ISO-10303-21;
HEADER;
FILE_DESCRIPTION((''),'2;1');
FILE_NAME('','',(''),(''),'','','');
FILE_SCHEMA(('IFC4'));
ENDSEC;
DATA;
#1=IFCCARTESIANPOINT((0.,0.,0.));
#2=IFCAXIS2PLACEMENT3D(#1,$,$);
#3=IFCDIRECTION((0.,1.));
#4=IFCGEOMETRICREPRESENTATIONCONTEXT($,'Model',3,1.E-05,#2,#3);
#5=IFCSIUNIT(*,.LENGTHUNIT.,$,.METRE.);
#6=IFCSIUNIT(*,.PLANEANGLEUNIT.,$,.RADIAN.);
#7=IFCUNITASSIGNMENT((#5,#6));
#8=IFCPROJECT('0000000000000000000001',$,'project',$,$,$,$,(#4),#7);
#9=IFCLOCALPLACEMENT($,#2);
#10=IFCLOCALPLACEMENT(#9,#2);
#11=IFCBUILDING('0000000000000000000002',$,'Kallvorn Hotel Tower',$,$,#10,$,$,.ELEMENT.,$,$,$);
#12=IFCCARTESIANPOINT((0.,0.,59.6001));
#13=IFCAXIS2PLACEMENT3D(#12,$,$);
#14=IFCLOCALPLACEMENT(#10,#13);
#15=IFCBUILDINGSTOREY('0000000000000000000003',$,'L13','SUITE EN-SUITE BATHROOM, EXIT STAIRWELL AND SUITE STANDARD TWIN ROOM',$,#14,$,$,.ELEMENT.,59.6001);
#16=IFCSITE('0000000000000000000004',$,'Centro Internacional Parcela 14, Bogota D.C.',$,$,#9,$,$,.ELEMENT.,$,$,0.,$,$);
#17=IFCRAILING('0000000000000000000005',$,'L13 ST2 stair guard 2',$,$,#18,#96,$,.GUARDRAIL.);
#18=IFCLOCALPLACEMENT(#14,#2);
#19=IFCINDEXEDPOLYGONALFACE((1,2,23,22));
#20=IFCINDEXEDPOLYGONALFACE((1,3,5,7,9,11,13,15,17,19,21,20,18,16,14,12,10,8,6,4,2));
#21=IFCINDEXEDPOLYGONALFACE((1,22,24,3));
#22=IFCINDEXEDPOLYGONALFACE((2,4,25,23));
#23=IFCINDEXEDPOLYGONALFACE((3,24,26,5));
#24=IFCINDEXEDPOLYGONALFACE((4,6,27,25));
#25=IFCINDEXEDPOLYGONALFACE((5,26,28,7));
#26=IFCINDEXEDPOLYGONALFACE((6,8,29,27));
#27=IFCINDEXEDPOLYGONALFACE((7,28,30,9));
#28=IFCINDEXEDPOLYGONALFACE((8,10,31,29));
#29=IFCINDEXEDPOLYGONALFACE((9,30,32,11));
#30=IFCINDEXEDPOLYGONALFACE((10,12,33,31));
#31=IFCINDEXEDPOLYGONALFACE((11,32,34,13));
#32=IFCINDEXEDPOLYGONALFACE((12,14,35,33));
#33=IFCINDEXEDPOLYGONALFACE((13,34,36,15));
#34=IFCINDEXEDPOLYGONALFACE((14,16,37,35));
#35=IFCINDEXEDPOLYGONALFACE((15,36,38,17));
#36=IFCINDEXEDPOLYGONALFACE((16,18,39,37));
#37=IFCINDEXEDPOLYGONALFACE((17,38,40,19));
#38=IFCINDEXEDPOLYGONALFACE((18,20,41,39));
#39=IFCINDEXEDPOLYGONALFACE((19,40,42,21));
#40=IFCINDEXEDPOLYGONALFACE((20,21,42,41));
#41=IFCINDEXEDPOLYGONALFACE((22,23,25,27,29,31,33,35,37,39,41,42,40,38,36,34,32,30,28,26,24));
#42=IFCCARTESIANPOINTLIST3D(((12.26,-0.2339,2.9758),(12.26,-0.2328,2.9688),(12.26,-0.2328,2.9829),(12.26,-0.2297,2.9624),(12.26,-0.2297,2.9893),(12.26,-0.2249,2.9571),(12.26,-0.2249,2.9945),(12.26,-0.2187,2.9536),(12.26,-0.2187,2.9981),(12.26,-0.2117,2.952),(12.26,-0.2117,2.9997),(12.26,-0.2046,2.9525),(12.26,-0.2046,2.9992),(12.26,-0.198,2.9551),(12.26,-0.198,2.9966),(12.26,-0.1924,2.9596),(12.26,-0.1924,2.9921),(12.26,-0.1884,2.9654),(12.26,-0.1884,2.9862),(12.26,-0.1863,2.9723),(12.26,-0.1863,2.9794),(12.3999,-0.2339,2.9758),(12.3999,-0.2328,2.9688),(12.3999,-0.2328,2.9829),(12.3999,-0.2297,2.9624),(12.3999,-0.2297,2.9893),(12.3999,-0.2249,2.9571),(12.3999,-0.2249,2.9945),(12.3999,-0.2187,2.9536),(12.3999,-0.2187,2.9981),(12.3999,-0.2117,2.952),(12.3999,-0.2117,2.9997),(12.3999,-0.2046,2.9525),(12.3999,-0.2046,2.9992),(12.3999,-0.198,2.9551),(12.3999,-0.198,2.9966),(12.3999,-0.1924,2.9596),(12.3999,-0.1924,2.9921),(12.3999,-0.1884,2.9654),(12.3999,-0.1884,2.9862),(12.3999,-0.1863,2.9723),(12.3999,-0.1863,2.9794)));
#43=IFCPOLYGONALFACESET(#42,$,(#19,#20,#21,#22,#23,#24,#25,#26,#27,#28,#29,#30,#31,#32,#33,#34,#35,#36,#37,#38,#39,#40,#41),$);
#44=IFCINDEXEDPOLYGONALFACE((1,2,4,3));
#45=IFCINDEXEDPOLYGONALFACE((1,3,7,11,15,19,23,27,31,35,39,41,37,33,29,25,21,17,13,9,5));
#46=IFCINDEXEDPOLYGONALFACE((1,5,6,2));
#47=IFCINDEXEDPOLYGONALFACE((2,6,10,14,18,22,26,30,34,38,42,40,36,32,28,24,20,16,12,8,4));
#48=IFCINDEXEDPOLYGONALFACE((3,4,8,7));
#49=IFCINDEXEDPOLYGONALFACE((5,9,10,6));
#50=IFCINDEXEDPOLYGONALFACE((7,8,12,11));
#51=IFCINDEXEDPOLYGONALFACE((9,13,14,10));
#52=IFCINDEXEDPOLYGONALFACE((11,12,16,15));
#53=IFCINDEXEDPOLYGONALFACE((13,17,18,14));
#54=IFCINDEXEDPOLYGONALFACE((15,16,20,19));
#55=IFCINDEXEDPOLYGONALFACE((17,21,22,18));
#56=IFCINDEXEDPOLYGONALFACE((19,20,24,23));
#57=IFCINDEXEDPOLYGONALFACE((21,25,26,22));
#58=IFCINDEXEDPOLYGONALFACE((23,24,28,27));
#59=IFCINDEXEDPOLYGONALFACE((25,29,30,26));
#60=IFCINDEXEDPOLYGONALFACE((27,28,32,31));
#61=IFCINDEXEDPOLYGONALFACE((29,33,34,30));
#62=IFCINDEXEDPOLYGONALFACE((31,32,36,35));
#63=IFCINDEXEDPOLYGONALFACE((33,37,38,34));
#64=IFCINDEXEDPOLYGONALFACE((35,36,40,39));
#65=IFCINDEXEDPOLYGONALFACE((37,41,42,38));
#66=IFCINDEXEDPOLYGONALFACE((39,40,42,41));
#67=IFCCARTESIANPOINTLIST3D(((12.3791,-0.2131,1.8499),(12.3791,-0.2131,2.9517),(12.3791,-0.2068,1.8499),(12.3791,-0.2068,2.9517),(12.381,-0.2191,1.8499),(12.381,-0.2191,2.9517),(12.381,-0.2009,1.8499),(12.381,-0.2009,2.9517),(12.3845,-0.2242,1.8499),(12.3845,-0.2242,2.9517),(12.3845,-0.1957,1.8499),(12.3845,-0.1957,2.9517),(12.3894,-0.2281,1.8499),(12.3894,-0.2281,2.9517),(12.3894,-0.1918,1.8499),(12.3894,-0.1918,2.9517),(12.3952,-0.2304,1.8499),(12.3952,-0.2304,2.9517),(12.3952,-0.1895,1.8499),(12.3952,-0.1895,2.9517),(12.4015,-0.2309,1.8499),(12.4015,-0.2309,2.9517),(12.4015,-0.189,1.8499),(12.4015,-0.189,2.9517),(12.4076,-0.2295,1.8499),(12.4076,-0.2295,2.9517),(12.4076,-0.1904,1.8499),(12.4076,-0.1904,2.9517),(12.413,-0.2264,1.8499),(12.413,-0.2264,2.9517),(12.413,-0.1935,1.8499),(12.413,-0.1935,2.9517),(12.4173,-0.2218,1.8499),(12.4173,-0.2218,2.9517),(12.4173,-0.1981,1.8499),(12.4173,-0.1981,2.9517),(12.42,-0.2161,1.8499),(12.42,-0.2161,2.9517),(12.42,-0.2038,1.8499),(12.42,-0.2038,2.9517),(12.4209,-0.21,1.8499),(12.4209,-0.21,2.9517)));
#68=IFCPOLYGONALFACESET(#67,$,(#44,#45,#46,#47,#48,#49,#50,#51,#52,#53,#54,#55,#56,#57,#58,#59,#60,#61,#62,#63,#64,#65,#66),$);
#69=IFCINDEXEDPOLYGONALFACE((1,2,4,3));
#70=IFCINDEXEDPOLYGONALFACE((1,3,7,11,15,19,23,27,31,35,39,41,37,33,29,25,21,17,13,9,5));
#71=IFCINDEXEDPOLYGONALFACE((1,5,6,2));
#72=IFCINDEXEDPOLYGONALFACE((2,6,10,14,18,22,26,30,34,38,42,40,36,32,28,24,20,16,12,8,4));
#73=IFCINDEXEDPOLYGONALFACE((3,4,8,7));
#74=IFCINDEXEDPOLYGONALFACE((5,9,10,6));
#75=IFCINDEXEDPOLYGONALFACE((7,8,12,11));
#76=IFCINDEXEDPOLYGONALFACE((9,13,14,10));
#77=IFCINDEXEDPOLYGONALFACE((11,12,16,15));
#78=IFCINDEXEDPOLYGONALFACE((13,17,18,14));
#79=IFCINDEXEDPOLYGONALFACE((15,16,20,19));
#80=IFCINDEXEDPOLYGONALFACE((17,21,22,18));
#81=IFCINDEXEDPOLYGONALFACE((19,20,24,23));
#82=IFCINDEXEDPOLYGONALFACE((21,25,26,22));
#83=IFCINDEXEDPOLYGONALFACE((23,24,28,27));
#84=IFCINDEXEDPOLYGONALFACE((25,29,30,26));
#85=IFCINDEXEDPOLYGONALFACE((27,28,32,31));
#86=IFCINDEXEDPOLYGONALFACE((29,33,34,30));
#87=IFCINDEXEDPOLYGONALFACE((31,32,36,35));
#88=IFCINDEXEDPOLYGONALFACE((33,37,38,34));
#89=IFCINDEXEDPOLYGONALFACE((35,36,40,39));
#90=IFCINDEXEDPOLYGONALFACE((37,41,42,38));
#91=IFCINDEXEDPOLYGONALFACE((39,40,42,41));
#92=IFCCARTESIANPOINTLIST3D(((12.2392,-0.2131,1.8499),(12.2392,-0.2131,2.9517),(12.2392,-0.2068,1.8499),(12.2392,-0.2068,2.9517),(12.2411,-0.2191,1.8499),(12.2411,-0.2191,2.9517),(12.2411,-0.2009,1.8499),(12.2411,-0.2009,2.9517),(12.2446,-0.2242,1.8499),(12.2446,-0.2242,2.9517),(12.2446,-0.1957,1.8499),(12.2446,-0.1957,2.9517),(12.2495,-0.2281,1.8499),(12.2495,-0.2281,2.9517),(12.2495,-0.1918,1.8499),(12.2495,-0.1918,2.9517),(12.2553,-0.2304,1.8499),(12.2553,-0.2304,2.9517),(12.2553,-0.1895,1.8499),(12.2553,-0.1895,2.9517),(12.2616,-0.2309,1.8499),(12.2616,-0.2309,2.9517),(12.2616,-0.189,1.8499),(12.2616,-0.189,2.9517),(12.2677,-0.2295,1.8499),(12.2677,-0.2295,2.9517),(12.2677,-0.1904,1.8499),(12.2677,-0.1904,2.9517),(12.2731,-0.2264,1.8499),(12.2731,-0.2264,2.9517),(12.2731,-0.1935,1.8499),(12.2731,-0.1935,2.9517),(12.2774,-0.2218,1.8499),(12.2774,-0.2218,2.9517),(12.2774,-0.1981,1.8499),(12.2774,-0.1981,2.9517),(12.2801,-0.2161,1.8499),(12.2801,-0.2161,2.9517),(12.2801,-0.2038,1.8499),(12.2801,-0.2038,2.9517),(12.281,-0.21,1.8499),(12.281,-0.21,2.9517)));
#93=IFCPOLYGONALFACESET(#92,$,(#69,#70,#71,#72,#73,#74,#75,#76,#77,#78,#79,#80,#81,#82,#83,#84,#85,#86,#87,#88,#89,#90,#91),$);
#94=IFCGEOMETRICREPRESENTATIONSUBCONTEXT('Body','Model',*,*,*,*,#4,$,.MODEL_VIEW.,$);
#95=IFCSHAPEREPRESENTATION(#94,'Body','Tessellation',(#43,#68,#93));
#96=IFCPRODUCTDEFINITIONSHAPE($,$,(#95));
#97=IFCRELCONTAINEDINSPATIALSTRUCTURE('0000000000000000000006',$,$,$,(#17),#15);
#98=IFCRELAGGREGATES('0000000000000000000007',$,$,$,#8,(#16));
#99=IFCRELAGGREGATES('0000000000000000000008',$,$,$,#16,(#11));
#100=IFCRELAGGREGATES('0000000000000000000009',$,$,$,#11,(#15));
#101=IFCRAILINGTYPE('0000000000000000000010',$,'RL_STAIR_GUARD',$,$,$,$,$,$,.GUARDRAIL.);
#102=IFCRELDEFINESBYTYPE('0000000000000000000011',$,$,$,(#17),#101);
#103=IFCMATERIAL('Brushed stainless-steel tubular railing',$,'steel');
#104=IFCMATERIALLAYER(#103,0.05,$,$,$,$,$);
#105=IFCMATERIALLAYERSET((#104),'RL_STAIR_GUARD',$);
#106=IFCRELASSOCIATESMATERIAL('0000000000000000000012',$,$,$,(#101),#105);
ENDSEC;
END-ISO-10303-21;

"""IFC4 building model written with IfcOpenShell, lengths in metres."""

from ifc_helpers import new_model, si_unit, direction, frame, origin, origin_2d, place, context, subcontext, project, spatial, circle, extrude, material, layer, layer_set, type_object, element, save


model = new_model("IFC4")

# Units and contexts
model_context = context("Model", 3, precision=1e-05, world=origin(), true_north=direction((0.0, 1.0)))
body_context = subcontext(model_context, "Body", "Model", "MODEL_VIEW")
ifc_project = project(units=[si_unit("LENGTHUNIT", "METRE"), si_unit("PLANEANGLEUNIT", "RADIAN")], contexts=[model_context])

# Site, building, storey
site_placement = place(None, origin())
site = spatial("IfcSite", under=ifc_project, at=site_placement, Name="Centro Internacional Parcela 14, Bogota D.C.", CompositionType="ELEMENT", RefElevation=0.0)
building_placement = place(site_placement, origin())
building = spatial("IfcBuilding", under=site, at=building_placement, Name="Kallvorn Hotel Tower", CompositionType="ELEMENT")
storey_placement = place(building_placement, frame((0.0, 0.0, 59.6001)))
storey = spatial("IfcBuildingStorey", under=building, at=storey_placement, Name="L13", Description="SUITE EN-SUITE BATHROOM, EXIT STAIRWELL AND SUITE STANDARD TWIN ROOM", CompositionType="ELEMENT", Elevation=59.6001)

# Railing
ifc_material_1 = material(Name="Brushed stainless-steel tubular railing", Category="steel")
ifc_layer_1 = layer(ifc_material_1, 0.05)
ifc_layer_set_1 = layer_set([ifc_layer_1], Name="RL_STAIR_GUARD")
railing_type_1 = type_object("IfcRailingType", Name="RL_STAIR_GUARD", PredefinedType="GUARDRAIL", material=ifc_layer_set_1)
railing_1_placement = place(storey_placement, frame((12.3999, -0.21, 1.8499)))
element("IfcRailing", 1, at=railing_1_placement, inside=storey, type_object=railing_type_1, Name="L13 ST2 stair guard 2", PredefinedType="GUARDRAIL", context=body_context, shape_type="SweptSolid", body=[
    extrude(circle(Radius=0.0239, at=origin_2d()), frame((0.0, 0.0, 1.126), z_axis=(-1.0, 0.0, 0.0), x_axis=(0.0, -1.0, 0.0)), (0.0, 0.0, 1.0), 0.1399),
    extrude(circle(Radius=0.021, at=origin_2d()), origin(), (0.0, 0.0, 1.0), 1.1018),
    extrude(circle(Radius=0.021, at=origin_2d()), frame((-0.1399, 0.0, 0.0)), (0.0, 0.0, 1.0), 1.1018),
])

save(model, "model.ifc")
